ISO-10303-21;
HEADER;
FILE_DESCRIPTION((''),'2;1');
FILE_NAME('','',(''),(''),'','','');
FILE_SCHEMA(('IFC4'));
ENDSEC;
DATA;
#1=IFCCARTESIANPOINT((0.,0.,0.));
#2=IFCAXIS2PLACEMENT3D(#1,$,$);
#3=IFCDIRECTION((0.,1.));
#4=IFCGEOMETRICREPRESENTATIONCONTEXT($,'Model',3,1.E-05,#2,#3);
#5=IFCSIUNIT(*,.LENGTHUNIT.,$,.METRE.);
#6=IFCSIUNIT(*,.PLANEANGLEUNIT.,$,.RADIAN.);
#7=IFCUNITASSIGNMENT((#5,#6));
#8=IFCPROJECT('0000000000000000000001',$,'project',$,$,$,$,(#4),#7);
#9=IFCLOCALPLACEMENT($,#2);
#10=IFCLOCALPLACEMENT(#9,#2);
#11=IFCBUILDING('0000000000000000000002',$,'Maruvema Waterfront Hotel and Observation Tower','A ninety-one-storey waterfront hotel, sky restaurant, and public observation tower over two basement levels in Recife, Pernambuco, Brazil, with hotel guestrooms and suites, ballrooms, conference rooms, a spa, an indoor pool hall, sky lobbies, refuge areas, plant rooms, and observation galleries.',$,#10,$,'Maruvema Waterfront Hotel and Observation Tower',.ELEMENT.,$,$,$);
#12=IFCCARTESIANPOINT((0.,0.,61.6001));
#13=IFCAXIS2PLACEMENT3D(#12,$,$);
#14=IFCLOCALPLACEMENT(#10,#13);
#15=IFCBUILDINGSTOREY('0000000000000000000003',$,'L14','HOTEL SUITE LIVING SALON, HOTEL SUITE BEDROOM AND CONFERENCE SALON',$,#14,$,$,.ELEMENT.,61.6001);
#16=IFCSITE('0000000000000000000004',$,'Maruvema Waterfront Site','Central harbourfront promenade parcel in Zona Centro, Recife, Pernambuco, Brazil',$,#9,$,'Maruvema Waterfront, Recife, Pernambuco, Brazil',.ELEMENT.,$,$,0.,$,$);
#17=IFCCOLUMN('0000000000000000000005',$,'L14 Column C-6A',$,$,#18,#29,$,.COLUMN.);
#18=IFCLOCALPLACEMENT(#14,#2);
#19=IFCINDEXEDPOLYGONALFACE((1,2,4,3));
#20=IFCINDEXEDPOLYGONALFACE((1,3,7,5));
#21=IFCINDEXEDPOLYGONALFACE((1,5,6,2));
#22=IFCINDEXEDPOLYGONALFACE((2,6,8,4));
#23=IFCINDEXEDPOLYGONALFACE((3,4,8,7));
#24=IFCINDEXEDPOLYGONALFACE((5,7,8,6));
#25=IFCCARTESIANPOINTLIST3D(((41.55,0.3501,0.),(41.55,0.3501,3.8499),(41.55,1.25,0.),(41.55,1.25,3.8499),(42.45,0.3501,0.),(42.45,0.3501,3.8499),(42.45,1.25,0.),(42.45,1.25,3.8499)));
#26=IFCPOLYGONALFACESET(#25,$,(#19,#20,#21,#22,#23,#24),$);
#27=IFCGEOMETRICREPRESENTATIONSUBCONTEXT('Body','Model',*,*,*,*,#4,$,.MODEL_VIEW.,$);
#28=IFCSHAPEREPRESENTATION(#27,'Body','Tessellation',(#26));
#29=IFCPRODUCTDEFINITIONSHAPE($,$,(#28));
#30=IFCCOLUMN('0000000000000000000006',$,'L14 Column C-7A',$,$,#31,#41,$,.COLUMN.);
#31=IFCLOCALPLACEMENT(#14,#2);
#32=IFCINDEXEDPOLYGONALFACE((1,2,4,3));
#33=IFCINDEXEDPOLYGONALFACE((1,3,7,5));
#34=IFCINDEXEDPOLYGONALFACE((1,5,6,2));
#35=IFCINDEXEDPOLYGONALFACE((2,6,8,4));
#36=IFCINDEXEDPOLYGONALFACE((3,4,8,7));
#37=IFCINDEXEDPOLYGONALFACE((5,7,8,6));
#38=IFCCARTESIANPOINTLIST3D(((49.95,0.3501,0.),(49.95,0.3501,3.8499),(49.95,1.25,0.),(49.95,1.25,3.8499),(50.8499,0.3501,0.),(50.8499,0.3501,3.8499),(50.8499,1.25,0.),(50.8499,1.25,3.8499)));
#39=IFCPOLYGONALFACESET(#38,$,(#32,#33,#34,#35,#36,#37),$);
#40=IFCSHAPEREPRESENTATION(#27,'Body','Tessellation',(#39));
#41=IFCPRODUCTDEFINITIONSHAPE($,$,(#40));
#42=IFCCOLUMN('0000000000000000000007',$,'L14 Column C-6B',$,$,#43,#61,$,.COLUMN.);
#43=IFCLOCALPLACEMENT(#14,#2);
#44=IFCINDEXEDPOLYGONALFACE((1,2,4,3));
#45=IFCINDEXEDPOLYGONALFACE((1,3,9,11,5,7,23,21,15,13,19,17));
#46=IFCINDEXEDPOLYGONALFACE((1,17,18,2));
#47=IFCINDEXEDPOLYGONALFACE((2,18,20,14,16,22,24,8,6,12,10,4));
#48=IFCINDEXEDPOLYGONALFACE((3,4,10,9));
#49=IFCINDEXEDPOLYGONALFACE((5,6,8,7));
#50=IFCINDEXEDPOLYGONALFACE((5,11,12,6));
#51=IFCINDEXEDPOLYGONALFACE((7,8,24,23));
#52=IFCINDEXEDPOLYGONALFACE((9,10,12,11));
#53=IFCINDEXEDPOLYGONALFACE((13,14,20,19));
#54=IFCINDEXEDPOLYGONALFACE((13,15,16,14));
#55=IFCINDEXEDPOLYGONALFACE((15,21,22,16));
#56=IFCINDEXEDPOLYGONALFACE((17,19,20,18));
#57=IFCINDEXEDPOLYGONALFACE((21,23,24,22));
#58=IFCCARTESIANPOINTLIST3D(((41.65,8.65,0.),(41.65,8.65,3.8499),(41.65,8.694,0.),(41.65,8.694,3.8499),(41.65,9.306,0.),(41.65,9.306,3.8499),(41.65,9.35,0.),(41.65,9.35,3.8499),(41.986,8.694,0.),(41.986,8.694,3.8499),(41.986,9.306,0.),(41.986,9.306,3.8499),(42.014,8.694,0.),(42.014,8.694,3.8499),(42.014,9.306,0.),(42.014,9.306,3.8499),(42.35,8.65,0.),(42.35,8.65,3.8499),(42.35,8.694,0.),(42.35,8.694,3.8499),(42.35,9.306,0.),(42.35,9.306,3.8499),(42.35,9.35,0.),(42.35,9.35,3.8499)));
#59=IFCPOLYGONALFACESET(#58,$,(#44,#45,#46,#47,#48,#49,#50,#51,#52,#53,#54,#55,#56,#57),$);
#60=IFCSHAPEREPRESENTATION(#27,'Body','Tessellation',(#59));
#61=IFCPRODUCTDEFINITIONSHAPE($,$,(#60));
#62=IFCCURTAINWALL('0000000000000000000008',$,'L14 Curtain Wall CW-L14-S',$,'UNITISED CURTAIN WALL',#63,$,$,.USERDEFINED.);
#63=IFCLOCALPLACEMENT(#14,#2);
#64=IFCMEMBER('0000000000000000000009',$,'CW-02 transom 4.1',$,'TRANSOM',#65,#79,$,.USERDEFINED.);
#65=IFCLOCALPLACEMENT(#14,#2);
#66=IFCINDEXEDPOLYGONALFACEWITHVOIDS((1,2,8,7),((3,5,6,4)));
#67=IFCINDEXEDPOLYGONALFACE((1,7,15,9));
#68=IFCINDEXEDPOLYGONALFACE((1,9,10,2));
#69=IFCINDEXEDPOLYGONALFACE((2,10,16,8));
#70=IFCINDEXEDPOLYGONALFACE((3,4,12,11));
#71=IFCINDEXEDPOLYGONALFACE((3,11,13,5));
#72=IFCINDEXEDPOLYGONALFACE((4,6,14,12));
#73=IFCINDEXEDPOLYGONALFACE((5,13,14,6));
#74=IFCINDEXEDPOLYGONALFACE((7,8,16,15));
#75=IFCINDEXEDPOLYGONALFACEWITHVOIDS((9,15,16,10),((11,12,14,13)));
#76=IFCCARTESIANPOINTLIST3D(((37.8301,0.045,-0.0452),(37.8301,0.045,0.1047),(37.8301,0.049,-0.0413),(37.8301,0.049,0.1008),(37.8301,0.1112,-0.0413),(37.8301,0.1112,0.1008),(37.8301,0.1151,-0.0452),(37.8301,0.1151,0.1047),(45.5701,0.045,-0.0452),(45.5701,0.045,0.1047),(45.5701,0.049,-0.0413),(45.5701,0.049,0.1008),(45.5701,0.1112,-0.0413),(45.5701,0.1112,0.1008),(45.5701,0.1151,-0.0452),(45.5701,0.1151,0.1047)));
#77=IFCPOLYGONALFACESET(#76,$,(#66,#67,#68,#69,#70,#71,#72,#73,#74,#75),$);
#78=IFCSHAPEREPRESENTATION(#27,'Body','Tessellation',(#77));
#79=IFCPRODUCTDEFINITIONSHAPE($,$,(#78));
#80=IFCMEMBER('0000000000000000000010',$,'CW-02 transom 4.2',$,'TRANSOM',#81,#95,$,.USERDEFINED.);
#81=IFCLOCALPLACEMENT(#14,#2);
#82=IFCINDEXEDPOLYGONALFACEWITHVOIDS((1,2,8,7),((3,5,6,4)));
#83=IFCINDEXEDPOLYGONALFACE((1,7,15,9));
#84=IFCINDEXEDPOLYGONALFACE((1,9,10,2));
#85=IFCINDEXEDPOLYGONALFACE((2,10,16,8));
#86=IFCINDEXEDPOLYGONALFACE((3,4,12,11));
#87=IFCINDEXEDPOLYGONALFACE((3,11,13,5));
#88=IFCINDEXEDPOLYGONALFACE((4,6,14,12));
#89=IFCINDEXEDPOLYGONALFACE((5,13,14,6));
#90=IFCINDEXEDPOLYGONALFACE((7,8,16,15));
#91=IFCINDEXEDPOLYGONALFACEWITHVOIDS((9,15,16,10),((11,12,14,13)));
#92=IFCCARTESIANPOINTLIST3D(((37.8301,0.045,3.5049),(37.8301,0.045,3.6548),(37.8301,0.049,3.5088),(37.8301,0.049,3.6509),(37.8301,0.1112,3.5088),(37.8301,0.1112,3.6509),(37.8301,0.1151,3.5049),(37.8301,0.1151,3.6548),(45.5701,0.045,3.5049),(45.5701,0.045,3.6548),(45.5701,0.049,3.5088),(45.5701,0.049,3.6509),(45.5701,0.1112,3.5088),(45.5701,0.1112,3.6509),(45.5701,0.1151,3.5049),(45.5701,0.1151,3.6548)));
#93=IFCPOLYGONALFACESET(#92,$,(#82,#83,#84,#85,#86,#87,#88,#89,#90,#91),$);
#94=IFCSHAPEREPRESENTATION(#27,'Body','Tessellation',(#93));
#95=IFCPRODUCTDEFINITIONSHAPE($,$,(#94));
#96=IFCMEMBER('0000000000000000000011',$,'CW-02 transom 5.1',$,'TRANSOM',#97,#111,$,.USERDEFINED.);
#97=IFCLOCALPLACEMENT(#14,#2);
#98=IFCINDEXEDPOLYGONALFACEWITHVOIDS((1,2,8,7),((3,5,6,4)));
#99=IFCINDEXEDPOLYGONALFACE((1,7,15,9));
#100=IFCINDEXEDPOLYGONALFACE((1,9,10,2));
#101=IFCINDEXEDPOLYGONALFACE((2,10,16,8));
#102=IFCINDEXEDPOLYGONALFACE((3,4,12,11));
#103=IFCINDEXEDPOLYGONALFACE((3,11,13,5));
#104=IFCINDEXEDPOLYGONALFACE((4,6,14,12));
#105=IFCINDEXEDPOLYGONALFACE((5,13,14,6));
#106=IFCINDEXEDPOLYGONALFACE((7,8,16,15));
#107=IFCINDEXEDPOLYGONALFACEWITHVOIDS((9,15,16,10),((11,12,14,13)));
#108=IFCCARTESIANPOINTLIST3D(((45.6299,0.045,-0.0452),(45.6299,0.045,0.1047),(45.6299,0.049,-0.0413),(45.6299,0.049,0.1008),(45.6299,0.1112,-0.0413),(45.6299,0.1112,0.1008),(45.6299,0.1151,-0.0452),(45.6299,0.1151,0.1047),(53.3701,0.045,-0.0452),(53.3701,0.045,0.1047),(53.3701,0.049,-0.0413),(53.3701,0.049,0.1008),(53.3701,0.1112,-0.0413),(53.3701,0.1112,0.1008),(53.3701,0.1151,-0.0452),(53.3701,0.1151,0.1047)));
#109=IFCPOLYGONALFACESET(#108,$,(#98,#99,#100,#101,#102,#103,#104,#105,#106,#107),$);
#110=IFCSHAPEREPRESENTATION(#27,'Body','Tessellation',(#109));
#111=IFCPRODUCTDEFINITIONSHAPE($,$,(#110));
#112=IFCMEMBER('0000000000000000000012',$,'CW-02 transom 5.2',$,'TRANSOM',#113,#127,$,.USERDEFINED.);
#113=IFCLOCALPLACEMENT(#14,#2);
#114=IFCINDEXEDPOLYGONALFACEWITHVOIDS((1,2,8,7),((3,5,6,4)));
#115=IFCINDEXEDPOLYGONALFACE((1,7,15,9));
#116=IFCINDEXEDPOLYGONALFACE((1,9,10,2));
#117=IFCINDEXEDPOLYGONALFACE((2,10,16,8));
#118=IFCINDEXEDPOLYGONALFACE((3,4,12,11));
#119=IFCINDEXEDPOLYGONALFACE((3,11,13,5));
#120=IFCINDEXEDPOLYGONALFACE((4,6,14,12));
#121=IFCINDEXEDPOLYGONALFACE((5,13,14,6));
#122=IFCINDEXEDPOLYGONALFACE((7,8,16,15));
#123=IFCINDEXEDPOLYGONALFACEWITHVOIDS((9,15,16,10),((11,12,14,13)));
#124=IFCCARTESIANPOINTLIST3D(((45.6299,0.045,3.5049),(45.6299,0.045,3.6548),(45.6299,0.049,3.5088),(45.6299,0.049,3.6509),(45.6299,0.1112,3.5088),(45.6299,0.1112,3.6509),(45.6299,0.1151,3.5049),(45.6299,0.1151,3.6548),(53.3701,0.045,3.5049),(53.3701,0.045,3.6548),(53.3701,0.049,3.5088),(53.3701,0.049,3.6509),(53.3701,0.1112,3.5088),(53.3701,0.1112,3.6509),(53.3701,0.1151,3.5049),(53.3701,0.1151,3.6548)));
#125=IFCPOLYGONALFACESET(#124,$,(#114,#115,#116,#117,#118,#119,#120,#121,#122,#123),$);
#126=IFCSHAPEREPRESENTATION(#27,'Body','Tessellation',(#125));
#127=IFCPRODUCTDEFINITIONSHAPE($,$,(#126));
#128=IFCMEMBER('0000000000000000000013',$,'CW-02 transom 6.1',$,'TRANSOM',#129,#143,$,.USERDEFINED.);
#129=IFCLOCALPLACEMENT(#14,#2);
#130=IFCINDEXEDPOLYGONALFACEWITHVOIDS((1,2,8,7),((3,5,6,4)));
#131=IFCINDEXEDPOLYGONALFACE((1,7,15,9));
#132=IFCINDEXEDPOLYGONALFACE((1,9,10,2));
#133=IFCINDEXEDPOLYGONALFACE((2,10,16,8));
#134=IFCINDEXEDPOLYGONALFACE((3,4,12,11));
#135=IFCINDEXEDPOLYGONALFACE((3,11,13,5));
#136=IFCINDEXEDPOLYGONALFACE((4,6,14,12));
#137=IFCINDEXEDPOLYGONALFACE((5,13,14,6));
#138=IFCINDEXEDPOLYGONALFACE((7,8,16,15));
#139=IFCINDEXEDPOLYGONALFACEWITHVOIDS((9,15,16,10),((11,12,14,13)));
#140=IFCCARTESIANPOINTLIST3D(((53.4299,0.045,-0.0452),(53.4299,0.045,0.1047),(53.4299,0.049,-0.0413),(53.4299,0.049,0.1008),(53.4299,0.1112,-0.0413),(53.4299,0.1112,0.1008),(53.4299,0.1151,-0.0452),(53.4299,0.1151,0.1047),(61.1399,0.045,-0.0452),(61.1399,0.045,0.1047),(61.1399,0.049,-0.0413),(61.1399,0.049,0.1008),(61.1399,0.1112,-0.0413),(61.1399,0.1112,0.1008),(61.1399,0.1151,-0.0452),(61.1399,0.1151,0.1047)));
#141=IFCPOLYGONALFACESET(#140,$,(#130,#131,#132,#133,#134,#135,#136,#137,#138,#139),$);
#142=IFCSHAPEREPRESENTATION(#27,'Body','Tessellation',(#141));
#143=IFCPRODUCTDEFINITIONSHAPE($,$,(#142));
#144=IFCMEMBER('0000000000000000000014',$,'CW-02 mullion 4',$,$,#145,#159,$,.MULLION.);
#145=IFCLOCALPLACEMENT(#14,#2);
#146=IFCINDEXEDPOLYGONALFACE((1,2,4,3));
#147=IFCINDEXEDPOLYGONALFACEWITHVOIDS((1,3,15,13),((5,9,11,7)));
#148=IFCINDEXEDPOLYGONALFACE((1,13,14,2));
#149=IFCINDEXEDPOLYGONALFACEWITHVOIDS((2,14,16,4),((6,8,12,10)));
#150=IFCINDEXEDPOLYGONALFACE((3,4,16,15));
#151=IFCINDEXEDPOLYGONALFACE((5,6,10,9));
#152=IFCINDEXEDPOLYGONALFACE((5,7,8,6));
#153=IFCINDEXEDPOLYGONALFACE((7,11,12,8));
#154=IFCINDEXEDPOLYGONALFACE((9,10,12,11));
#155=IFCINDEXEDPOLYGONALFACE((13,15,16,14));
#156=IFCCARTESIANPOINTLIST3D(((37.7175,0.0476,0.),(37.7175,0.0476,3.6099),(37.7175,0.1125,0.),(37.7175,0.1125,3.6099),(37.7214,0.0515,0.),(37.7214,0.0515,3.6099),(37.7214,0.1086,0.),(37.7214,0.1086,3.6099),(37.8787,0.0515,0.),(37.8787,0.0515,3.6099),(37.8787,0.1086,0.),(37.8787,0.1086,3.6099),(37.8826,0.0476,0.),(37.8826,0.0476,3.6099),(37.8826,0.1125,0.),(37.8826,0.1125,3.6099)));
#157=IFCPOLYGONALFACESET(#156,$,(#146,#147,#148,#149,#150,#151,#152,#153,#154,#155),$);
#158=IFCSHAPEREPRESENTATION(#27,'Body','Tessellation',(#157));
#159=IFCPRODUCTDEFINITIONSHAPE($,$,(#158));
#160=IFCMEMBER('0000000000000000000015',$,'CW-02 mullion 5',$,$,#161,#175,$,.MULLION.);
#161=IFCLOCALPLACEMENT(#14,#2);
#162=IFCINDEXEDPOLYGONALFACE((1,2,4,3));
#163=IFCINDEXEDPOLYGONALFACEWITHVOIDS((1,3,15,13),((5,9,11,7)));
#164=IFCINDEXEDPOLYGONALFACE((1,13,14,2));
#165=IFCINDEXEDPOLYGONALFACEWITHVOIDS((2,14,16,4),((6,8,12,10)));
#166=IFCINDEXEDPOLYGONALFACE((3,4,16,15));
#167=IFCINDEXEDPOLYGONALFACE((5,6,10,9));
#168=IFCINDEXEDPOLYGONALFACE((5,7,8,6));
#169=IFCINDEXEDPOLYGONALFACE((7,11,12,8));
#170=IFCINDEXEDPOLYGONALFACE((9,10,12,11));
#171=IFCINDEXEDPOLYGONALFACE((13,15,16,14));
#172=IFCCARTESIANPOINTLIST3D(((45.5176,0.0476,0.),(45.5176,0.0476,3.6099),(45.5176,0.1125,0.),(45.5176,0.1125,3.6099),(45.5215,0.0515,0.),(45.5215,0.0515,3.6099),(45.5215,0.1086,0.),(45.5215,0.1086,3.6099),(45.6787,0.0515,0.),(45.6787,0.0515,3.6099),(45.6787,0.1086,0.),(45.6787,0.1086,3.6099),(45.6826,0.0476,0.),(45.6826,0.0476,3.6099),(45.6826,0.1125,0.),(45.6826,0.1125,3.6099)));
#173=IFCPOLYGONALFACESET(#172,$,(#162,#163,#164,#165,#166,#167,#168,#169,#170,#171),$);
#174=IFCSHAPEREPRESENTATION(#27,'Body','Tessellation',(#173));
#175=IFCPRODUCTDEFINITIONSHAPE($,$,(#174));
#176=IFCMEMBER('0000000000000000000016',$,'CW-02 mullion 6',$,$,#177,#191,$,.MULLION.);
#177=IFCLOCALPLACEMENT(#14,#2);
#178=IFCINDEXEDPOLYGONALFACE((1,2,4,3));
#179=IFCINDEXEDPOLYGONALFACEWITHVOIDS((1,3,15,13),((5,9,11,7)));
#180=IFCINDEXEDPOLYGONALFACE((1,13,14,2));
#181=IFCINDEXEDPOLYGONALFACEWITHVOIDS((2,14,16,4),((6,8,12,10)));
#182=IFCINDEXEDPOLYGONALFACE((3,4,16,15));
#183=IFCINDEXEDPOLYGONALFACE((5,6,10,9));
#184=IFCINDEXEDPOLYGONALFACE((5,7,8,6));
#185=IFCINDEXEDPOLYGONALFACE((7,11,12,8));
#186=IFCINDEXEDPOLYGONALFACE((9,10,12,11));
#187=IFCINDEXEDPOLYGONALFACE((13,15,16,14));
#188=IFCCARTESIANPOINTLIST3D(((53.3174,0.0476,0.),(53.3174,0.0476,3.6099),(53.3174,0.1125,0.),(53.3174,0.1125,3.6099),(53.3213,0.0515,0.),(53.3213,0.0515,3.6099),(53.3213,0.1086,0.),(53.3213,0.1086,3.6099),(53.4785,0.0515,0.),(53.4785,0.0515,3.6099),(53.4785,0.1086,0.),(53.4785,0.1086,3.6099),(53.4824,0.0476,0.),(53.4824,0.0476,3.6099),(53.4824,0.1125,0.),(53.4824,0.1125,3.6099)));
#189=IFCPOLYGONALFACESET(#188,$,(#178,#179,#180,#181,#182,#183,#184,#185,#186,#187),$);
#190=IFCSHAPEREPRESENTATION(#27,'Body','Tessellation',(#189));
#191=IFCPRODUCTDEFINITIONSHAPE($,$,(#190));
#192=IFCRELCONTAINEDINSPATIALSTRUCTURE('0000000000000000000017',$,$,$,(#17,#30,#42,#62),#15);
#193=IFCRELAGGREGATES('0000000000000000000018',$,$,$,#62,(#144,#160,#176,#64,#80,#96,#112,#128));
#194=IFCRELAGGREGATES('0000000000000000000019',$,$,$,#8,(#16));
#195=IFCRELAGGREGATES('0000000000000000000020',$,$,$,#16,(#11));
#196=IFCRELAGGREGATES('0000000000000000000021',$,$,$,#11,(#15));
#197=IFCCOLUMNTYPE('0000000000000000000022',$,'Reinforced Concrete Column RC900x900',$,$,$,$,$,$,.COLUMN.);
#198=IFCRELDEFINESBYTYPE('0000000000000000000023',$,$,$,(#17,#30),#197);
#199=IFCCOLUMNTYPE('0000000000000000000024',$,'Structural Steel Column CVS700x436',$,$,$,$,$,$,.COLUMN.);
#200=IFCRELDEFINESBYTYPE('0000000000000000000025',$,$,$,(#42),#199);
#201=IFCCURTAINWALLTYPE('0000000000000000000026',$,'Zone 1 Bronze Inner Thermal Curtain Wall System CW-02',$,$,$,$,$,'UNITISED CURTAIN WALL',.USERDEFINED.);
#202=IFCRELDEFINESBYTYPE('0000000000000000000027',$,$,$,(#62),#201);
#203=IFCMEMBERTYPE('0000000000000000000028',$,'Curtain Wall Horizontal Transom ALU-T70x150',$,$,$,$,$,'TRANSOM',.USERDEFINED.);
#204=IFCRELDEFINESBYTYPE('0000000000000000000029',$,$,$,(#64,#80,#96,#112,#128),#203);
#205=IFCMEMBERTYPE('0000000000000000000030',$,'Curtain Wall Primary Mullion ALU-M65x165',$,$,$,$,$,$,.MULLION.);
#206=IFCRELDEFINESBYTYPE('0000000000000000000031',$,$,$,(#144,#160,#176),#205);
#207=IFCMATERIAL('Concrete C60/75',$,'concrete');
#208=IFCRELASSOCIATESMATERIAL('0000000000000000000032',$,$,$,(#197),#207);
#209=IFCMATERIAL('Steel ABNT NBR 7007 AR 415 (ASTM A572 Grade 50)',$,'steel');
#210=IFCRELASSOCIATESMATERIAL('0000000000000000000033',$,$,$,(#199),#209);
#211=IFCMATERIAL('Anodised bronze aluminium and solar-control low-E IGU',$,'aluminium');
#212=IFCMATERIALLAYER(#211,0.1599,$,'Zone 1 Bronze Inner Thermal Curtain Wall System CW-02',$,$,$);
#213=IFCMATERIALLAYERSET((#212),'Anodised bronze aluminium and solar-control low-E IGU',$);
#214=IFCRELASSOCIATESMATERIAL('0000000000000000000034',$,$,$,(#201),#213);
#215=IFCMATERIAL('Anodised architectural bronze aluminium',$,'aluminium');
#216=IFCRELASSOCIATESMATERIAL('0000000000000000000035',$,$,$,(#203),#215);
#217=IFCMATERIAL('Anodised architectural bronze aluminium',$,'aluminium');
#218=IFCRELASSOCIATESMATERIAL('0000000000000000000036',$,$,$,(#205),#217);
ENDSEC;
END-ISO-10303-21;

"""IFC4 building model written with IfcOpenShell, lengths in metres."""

from ifc_helpers import new_model, si_unit, direction, frame, origin, origin_2d, place, context, subcontext, project, spatial, rectangle, hollow_rectangle, i_section, extrude, material, layer, layer_set, material_profile, profile_set, type_object, element, aggregate, save


model = new_model("IFC4")

# Units and contexts
model_context = context("Model", 3, precision=1e-05, world=origin(), true_north=direction((0.0, 1.0)))
body_context = subcontext(model_context, "Body", "Model", "MODEL_VIEW")
ifc_project = project(units=[si_unit("LENGTHUNIT", "METRE"), si_unit("PLANEANGLEUNIT", "RADIAN")], contexts=[model_context])

# Site, building, storey
site_placement = place(None, origin())
site = spatial("IfcSite", under=ifc_project, at=site_placement, Name="Maruvema Waterfront Site", Description="Central harbourfront promenade parcel in Zona Centro, Recife, Pernambuco, Brazil", LongName="Maruvema Waterfront, Recife, Pernambuco, Brazil", CompositionType="ELEMENT", RefElevation=0.0)
building_placement = place(site_placement, origin())
building = spatial("IfcBuilding", under=site, at=building_placement, Name="Maruvema Waterfront Hotel and Observation Tower", Description="A ninety-one-storey waterfront hotel, sky restaurant, and public observation tower over two basement levels in Recife, Pernambuco, Brazil, with hotel guestrooms and suites, ballrooms, conference rooms, a spa, an indoor pool hall, sky lobbies, refuge areas, plant rooms, and observation galleries.", LongName="Maruvema Waterfront Hotel and Observation Tower", CompositionType="ELEMENT")
storey_placement = place(building_placement, frame((0.0, 0.0, 61.6001)))
storey = spatial("IfcBuildingStorey", under=building, at=storey_placement, Name="L14", Description="HOTEL SUITE LIVING SALON, HOTEL SUITE BEDROOM AND CONFERENCE SALON", CompositionType="ELEMENT", Elevation=61.6001)

# Columns
ifc_material_1 = material(Name="Concrete C60/75", Category="concrete")
ifc_material_profile_1 = material_profile(ifc_material_1, rectangle(XDim=0.8999, YDim=0.8999, at=origin_2d()), Name="RC900x900")
ifc_profile_set_1 = profile_set([ifc_material_profile_1], Name="Concrete C60/75")
column_type_1 = type_object("IfcColumnType", Name="Reinforced Concrete Column RC900x900", PredefinedType="COLUMN", material=ifc_profile_set_1)
for number, where, z_axis, x_axis, name in (
    (1, (42.0, 0.8, 0.0), (0.0, 0.0, 1.0), (1.0, 0.0, 0.0), "L14 Column C-6A"),
    (2, (50.3999, 0.8, 0.0), (0.0, 0.0, 1.0), (1.0, 0.0, 0.0), "L14 Column C-7A"),
):
    element("IfcColumn", number, at=place(storey_placement, frame(where, z_axis=z_axis, x_axis=x_axis)), inside=storey, type_object=column_type_1, Name=name, PredefinedType="COLUMN", context=body_context, shape_type="SweptSolid", body=[
        extrude(rectangle(XDim=0.8999, YDim=0.8999, at=origin_2d()), origin(), (0.0, 0.0, 1.0), 3.8499),
    ])
ifc_material_2 = material(Name="Steel ABNT NBR 7007 AR 415 (ASTM A572 Grade 50)", Category="steel")
ifc_material_profile_2 = material_profile(ifc_material_2, i_section(OverallWidth=0.7, OverallDepth=0.7, WebThickness=0.0281, FlangeThickness=0.0439, at=origin_2d()), Name="CVS700x436")
ifc_profile_set_2 = profile_set([ifc_material_profile_2], Name="Steel ABNT NBR 7007 AR 415 (ASTM A572 Grade 50)")
column_type_2 = type_object("IfcColumnType", Name="Structural Steel Column CVS700x436", PredefinedType="COLUMN", material=ifc_profile_set_2)
column_placement = place(storey_placement, frame((42.0, 9.0, 0.0), z_axis=(0.0, 0.0, 1.0), x_axis=(1.0, 0.0, 0.0)))
element("IfcColumn", 3, at=column_placement, inside=storey, type_object=column_type_2, Name="L14 Column C-6B", PredefinedType="COLUMN", context=body_context, shape_type="SweptSolid", body=[
    extrude(i_section(OverallWidth=0.7, OverallDepth=0.7, WebThickness=0.0281, FlangeThickness=0.0439, at=origin_2d()), origin(), (0.0, 0.0, 1.0), 3.8499),
])

# Curtain wall, members
ifc_material_3 = material(Name="Anodised bronze aluminium and solar-control low-E IGU", Category="aluminium")
ifc_layer_1 = layer(ifc_material_3, 0.1599, Name="Zone 1 Bronze Inner Thermal Curtain Wall System CW-02")
ifc_layer_set_1 = layer_set([ifc_layer_1], Name="Anodised bronze aluminium and solar-control low-E IGU")
curtain_wall_type = type_object("IfcCurtainWallType", Name="Zone 1 Bronze Inner Thermal Curtain Wall System CW-02", ElementType="UNITISED CURTAIN WALL", PredefinedType="USERDEFINED", material=ifc_layer_set_1)
curtain_wall_placement = place(storey_placement, origin())
curtain_wall = element("IfcCurtainWall", 4, at=curtain_wall_placement, inside=storey, type_object=curtain_wall_type, Name="L14 Curtain Wall CW-L14-S", ObjectType="UNITISED CURTAIN WALL", PredefinedType="USERDEFINED")
ifc_material_4 = material(Name="Anodised architectural bronze aluminium", Category="aluminium")
ifc_material_profile_3 = material_profile(ifc_material_4, hollow_rectangle(XDim=0.0701, YDim=0.1499, WallThickness=0.0039, at=origin_2d()), Name="ALU-T70x150")
ifc_profile_set_3 = profile_set([ifc_material_profile_3], Name="Anodised architectural bronze aluminium")
member_type_1 = type_object("IfcMemberType", Name="Curtain Wall Horizontal Transom ALU-T70x150", ElementType="TRANSOM", PredefinedType="USERDEFINED", material=ifc_profile_set_3)
member_1_placement = place(storey_placement, frame((37.8301, 0.0801, 0.0298), z_axis=(1.0, 0.0, 0.0), x_axis=(0.0, 1.0, 0.0)))
member_1 = element("IfcMember", 5, at=member_1_placement, type_object=member_type_1, Name="CW-02 transom 4.1", ObjectType="TRANSOM", PredefinedType="USERDEFINED", context=body_context, shape_type="SweptSolid", body=[
    extrude(hollow_rectangle(XDim=0.0701, YDim=0.1499, WallThickness=0.0039, at=origin_2d()), origin(), (0.0, 0.0, 1.0), 7.74),
])
member_2_placement = place(storey_placement, frame((37.8301, 0.0801, 3.5798), z_axis=(1.0, 0.0, 0.0), x_axis=(0.0, 1.0, 0.0)))
member_2 = element("IfcMember", 6, at=member_2_placement, type_object=member_type_1, Name="CW-02 transom 4.2", ObjectType="TRANSOM", PredefinedType="USERDEFINED", context=body_context, shape_type="SweptSolid", body=[
    extrude(hollow_rectangle(XDim=0.0701, YDim=0.1499, WallThickness=0.0039, at=origin_2d()), origin(), (0.0, 0.0, 1.0), 7.74),
])
member_3_placement = place(storey_placement, frame((45.6299, 0.0801, 0.0298), z_axis=(1.0, 0.0, 0.0), x_axis=(0.0, 1.0, 0.0)))
member_3 = element("IfcMember", 7, at=member_3_placement, type_object=member_type_1, Name="CW-02 transom 5.1", ObjectType="TRANSOM", PredefinedType="USERDEFINED", context=body_context, shape_type="SweptSolid", body=[
    extrude(hollow_rectangle(XDim=0.0701, YDim=0.1499, WallThickness=0.0039, at=origin_2d()), origin(), (0.0, 0.0, 1.0), 7.7402),
])
member_4_placement = place(storey_placement, frame((45.6299, 0.0801, 3.5798), z_axis=(1.0, 0.0, 0.0), x_axis=(0.0, 1.0, 0.0)))
member_4 = element("IfcMember", 8, at=member_4_placement, type_object=member_type_1, Name="CW-02 transom 5.2", ObjectType="TRANSOM", PredefinedType="USERDEFINED", context=body_context, shape_type="SweptSolid", body=[
    extrude(hollow_rectangle(XDim=0.0701, YDim=0.1499, WallThickness=0.0039, at=origin_2d()), origin(), (0.0, 0.0, 1.0), 7.7402),
])
member_5_placement = place(storey_placement, frame((53.4299, 0.0801, 0.0298), z_axis=(1.0, 0.0, 0.0), x_axis=(0.0, 1.0, 0.0)))
member_5 = element("IfcMember", 9, at=member_5_placement, type_object=member_type_1, Name="CW-02 transom 6.1", ObjectType="TRANSOM", PredefinedType="USERDEFINED", context=body_context, shape_type="SweptSolid", body=[
    extrude(hollow_rectangle(XDim=0.0701, YDim=0.1499, WallThickness=0.0039, at=origin_2d()), origin(), (0.0, 0.0, 1.0), 7.71),
])
ifc_material_5 = material(Name="Anodised architectural bronze aluminium", Category="aluminium")
ifc_material_profile_4 = material_profile(ifc_material_5, hollow_rectangle(XDim=0.0649, YDim=0.165, WallThickness=0.0039, at=origin_2d()), Name="ALU-M65x165")
ifc_profile_set_4 = profile_set([ifc_material_profile_4], Name="Anodised architectural bronze aluminium")
member_type_2 = type_object("IfcMemberType", Name="Curtain Wall Primary Mullion ALU-M65x165", PredefinedType="MULLION", material=ifc_profile_set_4)
member_6_placement = place(storey_placement, frame((37.8, 0.0801, 0.0), z_axis=(0.0, 0.0, 1.0), x_axis=(0.0, 1.0, 0.0)))
member_6 = element("IfcMember", 10, at=member_6_placement, type_object=member_type_2, Name="CW-02 mullion 4", PredefinedType="MULLION", context=body_context, shape_type="SweptSolid", body=[
    extrude(hollow_rectangle(XDim=0.0649, YDim=0.165, WallThickness=0.0039, at=origin_2d()), origin(), (0.0, 0.0, 1.0), 3.6099),
])
member_7_placement = place(storey_placement, frame((45.6001, 0.0801, 0.0), z_axis=(0.0, 0.0, 1.0), x_axis=(0.0, 1.0, 0.0)))
member_7 = element("IfcMember", 11, at=member_7_placement, type_object=member_type_2, Name="CW-02 mullion 5", PredefinedType="MULLION", context=body_context, shape_type="SweptSolid", body=[
    extrude(hollow_rectangle(XDim=0.0649, YDim=0.165, WallThickness=0.0039, at=origin_2d()), origin(), (0.0, 0.0, 1.0), 3.6099),
])
member_8_placement = place(storey_placement, frame((53.3999, 0.0801, 0.0), z_axis=(0.0, 0.0, 1.0), x_axis=(0.0, 1.0, 0.0)))
member_8 = element("IfcMember", 12, at=member_8_placement, type_object=member_type_2, Name="CW-02 mullion 6", PredefinedType="MULLION", context=body_context, shape_type="SweptSolid", body=[
    extrude(hollow_rectangle(XDim=0.0649, YDim=0.165, WallThickness=0.0039, at=origin_2d()), origin(), (0.0, 0.0, 1.0), 3.6099),
])

aggregate(curtain_wall, [member_6, member_7, member_8, member_1, member_2, member_3, member_4, member_5])

save(model, "model.ifc")
